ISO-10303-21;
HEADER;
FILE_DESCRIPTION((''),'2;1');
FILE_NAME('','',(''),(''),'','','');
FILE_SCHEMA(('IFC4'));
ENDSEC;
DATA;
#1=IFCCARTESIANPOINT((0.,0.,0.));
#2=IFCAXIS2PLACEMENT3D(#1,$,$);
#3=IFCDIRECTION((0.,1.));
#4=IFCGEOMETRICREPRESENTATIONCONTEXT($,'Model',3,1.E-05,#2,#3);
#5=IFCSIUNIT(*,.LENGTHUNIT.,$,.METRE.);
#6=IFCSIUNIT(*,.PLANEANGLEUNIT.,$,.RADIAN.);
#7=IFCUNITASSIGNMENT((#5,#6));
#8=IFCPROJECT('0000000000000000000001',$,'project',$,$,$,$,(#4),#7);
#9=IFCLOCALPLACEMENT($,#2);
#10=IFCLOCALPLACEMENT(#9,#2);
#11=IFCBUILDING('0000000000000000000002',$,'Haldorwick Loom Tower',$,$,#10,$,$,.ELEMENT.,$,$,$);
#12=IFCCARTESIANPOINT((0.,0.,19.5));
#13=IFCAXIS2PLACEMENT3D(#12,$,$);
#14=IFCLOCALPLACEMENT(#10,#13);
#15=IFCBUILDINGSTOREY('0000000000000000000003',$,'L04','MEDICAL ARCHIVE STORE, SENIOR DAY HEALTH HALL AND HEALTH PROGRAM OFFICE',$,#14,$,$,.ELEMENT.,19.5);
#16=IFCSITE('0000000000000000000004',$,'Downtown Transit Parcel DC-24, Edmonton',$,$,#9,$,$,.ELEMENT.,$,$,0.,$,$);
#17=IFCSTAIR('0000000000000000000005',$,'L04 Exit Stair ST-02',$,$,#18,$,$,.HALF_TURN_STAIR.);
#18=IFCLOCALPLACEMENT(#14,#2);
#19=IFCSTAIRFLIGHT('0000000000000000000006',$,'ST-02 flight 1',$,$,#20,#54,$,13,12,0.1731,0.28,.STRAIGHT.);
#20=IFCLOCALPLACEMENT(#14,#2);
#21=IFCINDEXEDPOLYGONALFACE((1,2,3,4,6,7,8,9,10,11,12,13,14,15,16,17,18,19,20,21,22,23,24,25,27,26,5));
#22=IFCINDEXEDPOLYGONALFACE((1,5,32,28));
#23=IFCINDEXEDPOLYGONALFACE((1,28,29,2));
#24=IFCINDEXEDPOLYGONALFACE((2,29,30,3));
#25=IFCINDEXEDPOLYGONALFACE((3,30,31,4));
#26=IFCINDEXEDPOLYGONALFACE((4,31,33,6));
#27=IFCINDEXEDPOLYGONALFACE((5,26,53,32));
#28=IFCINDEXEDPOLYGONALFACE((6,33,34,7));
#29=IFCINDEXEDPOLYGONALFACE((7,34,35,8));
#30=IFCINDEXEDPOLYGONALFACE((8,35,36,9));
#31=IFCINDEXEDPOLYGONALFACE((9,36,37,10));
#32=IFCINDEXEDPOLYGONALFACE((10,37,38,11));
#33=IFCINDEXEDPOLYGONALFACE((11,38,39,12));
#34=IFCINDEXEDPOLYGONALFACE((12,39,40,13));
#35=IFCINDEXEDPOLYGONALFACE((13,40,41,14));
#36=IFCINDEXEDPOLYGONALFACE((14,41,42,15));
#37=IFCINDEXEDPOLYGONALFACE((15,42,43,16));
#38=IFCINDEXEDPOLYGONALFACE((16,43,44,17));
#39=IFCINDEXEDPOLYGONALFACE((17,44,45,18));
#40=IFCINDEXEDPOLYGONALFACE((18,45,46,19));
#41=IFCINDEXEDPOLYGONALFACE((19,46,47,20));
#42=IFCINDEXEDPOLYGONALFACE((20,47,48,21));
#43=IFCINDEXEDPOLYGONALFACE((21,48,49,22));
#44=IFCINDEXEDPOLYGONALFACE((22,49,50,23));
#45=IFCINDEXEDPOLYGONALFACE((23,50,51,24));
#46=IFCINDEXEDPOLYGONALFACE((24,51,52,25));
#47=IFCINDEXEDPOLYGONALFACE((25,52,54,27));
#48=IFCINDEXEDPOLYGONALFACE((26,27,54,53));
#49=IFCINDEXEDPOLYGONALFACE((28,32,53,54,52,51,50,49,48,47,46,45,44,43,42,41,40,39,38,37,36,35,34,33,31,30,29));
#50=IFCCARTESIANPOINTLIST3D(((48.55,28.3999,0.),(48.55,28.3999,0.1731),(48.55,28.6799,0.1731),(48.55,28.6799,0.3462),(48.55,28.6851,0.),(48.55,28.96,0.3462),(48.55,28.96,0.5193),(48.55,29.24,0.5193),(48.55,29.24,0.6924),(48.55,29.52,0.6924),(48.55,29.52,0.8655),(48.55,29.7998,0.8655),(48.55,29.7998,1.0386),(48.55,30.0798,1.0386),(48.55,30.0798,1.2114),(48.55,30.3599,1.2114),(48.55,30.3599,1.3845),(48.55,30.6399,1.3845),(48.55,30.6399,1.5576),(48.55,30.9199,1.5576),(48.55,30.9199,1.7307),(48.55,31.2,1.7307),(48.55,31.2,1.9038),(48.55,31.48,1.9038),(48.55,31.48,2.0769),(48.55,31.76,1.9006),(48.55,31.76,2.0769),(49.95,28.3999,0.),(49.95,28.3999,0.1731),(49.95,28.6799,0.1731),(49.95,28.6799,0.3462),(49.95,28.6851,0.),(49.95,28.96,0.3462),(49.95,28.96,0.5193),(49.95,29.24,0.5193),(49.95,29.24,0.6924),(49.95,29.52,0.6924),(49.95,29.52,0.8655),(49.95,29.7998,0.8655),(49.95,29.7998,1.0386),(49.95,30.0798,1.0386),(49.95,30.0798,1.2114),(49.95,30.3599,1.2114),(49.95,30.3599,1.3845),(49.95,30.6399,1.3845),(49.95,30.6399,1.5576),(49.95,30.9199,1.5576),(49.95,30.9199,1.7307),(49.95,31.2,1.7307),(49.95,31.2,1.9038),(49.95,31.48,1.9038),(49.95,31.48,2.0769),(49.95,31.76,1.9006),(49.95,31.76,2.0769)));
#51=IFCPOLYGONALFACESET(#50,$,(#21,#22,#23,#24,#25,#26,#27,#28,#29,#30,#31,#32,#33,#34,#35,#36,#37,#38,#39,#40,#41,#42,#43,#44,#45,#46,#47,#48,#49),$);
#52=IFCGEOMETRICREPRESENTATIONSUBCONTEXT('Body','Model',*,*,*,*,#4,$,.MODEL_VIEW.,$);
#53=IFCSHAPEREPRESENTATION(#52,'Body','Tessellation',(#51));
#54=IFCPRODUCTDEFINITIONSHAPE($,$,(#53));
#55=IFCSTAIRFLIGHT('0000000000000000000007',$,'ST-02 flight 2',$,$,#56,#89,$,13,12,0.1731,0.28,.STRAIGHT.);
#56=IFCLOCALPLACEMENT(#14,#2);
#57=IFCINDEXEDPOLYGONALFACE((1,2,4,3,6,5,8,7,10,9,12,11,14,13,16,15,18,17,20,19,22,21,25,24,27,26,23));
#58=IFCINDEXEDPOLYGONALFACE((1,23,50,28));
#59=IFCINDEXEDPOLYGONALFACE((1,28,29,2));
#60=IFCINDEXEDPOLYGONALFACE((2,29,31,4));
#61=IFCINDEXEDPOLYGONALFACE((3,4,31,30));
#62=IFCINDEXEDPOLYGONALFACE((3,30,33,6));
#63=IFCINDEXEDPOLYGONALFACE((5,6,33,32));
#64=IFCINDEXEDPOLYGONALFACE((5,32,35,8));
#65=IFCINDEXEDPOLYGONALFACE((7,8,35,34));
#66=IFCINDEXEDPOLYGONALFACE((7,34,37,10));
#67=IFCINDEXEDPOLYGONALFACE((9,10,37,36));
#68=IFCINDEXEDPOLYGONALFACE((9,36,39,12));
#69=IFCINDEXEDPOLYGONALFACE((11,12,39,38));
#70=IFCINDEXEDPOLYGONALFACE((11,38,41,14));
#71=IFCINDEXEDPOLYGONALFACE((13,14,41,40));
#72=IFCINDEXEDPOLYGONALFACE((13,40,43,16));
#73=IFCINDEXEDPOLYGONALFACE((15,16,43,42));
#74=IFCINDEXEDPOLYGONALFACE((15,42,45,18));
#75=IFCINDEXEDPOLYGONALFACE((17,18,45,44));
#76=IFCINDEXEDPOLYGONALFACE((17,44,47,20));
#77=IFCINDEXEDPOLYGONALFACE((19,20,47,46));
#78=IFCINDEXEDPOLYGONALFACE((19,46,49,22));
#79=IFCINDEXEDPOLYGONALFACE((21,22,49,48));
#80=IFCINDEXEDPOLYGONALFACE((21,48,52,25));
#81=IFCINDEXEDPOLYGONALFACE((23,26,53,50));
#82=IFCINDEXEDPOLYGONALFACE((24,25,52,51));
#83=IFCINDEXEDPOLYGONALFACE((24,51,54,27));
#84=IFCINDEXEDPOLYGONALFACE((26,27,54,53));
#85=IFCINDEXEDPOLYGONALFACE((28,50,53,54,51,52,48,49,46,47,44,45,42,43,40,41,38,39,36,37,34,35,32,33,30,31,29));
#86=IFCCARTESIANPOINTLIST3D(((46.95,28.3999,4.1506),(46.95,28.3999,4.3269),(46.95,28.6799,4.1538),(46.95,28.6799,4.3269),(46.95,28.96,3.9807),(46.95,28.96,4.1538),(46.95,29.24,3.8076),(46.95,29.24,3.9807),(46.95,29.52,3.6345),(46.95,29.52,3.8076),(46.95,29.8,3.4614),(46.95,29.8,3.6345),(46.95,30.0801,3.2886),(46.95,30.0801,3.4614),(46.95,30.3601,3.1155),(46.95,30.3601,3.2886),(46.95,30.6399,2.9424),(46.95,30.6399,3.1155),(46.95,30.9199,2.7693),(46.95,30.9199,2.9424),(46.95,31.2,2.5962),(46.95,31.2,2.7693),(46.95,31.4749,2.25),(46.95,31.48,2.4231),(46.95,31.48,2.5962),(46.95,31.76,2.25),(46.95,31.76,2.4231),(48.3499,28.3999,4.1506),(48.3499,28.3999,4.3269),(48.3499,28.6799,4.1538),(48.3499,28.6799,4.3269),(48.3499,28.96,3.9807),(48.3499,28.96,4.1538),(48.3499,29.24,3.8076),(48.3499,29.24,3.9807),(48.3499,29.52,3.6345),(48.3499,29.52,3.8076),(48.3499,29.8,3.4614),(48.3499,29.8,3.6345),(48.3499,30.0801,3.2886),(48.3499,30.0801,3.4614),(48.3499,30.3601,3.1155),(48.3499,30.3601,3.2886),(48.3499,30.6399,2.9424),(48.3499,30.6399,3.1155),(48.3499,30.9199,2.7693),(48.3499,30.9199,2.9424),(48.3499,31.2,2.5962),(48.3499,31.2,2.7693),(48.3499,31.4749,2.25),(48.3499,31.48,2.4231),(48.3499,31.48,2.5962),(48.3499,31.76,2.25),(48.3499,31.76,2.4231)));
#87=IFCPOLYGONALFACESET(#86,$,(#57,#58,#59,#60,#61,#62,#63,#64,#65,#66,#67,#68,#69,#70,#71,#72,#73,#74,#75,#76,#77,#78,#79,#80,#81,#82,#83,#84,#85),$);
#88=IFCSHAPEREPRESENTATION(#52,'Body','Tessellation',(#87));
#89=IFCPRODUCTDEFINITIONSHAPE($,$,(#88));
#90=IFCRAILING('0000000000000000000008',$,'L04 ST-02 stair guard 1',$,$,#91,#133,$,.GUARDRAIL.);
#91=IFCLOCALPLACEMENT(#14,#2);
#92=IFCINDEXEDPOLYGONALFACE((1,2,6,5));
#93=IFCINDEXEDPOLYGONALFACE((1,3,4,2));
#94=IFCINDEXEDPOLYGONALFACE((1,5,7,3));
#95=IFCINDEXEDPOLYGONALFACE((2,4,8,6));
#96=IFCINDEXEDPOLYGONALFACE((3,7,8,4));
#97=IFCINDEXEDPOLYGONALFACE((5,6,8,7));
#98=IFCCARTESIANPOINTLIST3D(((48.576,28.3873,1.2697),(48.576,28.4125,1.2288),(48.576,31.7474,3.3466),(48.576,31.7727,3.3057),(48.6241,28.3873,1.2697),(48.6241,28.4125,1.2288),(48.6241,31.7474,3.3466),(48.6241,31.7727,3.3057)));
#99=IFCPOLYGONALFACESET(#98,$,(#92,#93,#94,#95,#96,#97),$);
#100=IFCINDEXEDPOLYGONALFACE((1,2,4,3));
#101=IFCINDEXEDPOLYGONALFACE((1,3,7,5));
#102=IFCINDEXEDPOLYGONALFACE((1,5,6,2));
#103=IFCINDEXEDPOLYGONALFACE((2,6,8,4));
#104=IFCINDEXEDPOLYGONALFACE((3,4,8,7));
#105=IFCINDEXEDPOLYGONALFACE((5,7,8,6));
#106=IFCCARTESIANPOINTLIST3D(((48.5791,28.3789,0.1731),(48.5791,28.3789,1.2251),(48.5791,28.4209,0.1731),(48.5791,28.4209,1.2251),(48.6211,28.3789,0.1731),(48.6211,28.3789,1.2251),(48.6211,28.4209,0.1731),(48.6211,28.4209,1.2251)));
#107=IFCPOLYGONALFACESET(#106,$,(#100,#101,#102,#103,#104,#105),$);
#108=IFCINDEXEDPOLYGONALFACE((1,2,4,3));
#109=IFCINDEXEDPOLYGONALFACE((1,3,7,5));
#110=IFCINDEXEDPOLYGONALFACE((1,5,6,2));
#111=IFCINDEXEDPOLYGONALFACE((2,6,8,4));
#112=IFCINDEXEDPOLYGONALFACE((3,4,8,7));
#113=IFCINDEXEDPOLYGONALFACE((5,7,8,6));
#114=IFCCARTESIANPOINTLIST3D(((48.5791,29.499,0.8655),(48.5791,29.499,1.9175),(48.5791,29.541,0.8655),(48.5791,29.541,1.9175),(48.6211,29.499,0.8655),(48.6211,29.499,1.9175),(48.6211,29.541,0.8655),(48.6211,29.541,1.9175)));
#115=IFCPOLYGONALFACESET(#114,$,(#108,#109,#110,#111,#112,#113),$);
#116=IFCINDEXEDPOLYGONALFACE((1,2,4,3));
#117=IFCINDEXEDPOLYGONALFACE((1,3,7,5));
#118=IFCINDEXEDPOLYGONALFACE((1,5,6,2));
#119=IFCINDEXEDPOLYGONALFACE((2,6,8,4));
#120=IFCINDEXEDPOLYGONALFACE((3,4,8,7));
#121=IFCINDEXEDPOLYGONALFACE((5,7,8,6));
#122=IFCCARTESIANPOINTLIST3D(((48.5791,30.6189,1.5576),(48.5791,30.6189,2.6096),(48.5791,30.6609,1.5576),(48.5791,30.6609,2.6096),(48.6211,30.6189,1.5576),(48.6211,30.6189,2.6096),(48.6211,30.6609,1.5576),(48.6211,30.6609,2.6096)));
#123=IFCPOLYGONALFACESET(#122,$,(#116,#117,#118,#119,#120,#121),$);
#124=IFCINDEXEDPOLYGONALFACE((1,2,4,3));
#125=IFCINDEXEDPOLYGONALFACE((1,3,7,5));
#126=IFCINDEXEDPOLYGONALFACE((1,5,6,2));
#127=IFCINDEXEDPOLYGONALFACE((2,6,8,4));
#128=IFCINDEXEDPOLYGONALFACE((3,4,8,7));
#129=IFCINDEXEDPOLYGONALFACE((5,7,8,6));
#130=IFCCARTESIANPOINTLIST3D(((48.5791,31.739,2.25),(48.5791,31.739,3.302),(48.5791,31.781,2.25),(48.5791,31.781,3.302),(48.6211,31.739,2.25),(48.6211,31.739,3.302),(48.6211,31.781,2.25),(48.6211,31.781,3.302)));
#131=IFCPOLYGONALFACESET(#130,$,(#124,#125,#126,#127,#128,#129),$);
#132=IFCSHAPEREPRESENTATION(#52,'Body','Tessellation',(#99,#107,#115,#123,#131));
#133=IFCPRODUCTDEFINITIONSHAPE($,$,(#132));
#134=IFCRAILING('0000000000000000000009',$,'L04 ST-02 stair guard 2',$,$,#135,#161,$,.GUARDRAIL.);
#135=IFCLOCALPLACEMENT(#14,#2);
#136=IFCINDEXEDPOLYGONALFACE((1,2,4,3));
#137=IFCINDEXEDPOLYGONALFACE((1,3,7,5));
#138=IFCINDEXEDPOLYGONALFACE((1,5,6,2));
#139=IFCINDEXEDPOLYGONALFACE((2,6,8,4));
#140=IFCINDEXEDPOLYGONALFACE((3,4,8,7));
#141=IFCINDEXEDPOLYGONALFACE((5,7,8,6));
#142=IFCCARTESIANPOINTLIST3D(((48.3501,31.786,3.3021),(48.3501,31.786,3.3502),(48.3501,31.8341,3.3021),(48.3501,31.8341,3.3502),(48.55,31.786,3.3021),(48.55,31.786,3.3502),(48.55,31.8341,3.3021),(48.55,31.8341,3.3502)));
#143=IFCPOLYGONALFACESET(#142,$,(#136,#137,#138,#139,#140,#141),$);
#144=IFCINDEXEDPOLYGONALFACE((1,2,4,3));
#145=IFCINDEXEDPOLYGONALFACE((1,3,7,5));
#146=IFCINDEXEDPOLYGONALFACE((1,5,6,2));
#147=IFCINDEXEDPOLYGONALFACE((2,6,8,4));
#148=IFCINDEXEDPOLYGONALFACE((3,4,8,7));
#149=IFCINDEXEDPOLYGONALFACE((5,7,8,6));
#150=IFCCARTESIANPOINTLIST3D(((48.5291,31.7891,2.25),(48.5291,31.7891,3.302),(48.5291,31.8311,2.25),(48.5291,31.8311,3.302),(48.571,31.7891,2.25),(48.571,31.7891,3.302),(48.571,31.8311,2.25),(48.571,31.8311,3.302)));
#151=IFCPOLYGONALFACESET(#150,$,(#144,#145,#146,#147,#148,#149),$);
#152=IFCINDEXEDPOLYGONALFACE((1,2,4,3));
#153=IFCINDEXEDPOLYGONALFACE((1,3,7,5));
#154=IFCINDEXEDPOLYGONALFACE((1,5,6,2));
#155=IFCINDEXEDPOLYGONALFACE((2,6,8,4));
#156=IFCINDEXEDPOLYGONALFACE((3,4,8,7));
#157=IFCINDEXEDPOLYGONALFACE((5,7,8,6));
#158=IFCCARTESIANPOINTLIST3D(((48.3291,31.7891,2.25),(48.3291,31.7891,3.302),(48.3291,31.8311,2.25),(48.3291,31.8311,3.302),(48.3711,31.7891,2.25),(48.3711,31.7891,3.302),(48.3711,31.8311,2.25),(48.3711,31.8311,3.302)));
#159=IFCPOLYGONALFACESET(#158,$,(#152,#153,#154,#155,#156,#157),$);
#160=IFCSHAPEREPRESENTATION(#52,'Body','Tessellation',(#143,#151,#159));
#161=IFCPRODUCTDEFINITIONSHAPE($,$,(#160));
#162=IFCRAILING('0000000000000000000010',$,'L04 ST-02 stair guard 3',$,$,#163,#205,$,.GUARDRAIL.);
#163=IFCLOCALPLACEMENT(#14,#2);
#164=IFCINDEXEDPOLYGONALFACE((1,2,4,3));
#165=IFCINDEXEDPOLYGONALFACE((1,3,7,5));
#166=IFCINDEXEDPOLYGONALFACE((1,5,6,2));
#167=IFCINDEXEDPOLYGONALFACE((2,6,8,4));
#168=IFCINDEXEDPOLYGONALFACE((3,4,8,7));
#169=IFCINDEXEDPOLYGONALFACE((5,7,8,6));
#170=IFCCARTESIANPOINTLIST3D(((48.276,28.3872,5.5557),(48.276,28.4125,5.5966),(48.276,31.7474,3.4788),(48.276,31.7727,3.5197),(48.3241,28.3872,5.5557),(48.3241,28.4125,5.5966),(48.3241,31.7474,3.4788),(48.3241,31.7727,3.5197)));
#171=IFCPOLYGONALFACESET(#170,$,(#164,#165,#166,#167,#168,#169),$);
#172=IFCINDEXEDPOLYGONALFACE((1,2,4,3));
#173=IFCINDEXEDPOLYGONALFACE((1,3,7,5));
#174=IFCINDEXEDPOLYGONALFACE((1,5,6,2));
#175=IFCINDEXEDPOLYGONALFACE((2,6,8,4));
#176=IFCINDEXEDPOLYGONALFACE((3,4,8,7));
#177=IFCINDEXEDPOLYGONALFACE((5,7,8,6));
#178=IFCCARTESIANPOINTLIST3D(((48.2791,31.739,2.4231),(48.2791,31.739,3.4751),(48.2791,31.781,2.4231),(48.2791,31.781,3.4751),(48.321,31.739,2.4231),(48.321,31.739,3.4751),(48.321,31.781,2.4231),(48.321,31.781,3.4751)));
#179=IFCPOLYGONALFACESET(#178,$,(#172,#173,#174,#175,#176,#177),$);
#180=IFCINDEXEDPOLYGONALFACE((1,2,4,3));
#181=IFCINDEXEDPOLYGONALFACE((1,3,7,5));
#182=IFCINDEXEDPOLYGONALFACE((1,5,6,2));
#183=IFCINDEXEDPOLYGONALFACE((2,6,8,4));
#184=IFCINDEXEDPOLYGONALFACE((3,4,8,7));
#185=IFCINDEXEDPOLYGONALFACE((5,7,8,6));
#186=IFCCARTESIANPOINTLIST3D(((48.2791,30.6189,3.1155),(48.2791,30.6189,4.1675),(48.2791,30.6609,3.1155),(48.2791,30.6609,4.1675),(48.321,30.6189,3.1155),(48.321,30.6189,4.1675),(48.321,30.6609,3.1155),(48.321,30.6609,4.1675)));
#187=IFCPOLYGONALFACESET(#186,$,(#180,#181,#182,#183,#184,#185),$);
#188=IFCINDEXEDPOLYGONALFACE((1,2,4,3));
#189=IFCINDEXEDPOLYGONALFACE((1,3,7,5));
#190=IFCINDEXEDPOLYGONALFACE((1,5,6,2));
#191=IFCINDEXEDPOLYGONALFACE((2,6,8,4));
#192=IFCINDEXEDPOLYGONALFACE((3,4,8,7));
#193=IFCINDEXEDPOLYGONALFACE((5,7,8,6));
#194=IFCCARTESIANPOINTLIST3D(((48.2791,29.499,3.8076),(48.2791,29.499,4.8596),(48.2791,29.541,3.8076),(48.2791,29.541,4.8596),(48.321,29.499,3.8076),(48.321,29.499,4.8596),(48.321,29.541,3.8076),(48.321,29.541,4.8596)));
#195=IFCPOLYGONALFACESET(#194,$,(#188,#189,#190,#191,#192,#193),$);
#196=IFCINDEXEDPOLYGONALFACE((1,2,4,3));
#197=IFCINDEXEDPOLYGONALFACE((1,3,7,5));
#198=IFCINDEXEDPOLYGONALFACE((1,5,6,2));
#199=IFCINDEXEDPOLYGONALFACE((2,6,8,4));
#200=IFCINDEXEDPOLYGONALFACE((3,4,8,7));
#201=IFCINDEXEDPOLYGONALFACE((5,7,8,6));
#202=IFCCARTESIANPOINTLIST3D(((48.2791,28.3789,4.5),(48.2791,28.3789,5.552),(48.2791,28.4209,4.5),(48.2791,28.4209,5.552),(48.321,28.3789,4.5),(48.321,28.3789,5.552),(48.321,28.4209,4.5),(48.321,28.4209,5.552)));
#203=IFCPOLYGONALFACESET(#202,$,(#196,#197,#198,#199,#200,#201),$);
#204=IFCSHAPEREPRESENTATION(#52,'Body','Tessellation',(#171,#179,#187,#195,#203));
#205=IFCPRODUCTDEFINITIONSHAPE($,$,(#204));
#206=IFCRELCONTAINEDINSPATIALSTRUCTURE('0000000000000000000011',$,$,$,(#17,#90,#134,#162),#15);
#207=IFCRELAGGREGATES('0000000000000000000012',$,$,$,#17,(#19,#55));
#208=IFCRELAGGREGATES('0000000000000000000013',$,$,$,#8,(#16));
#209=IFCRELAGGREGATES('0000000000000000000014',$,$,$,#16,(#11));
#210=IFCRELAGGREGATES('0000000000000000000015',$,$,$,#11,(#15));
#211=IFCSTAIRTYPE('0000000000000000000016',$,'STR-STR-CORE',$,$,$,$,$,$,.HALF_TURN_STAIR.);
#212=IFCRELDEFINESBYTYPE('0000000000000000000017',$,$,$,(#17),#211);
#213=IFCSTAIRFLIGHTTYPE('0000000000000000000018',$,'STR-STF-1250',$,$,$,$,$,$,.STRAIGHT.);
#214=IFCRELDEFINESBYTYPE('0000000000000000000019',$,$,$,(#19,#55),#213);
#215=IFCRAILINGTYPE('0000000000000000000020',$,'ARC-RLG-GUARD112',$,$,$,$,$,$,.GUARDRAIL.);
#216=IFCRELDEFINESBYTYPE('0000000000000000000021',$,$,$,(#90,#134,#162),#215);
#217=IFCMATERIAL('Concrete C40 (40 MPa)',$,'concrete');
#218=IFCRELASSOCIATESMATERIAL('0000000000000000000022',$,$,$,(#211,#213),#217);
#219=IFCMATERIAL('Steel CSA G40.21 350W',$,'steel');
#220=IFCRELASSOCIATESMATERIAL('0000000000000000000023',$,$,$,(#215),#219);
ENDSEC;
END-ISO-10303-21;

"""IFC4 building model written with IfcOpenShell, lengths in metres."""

from ifc_helpers import new_model, si_unit, direction, frame, origin, origin_2d, place, context, subcontext, project, spatial, polyline, rectangle, outline, extrude, material, type_object, element, aggregate, save


model = new_model("IFC4")

# Units and contexts
model_context = context("Model", 3, precision=1e-05, world=origin(), true_north=direction((0.0, 1.0)))
body_context = subcontext(model_context, "Body", "Model", "MODEL_VIEW")
ifc_project = project(units=[si_unit("LENGTHUNIT", "METRE"), si_unit("PLANEANGLEUNIT", "RADIAN")], contexts=[model_context])

# Site, building, storey
site_placement = place(None, origin())
site = spatial("IfcSite", under=ifc_project, at=site_placement, Name="Downtown Transit Parcel DC-24, Edmonton", CompositionType="ELEMENT", RefElevation=0.0)
building_placement = place(site_placement, origin())
building = spatial("IfcBuilding", under=site, at=building_placement, Name="Haldorwick Loom Tower", CompositionType="ELEMENT")
storey_placement = place(building_placement, frame((0.0, 0.0, 19.5)))
storey = spatial("IfcBuildingStorey", under=building, at=storey_placement, Name="L04", Description="MEDICAL ARCHIVE STORE, SENIOR DAY HEALTH HALL AND HEALTH PROGRAM OFFICE", CompositionType="ELEMENT", Elevation=19.5)

# Shared definitions
ifc_material_1 = material(Name="Steel CSA G40.21 350W", Category="steel")

# Stair, stair flights
ifc_material_2 = material(Name="Concrete C40 (40 MPa)", Category="concrete")
stair_type = type_object("IfcStairType", Name="STR-STR-CORE", PredefinedType="HALF_TURN_STAIR", material=ifc_material_2)
stair_placement = place(storey_placement, origin())
stair = element("IfcStair", 1, at=stair_placement, inside=storey, type_object=stair_type, Name="L04 Exit Stair ST-02", PredefinedType="HALF_TURN_STAIR")
stair_flight_type = type_object("IfcStairFlightType", Name="STR-STF-1250", PredefinedType="STRAIGHT", material=ifc_material_2)
stair_flight_1_placement = place(storey_placement, frame((49.25, 28.3999, 0.0), z_axis=(0.0, 0.0, 1.0), x_axis=(0.0, 1.0, 0.0)))
stair_flight_1 = element("IfcStairFlight", 2, at=stair_flight_1_placement, type_object=stair_flight_type, Name="ST-02 flight 1", NumberOfRisers=13, NumberOfTreads=12, PredefinedType="STRAIGHT", RiserHeight=0.1731, TreadLength=0.28, context=body_context, shape_type="SweptSolid", body=[
    extrude(outline(polyline([(0.0, 0.0), (0.0, 0.1731), (0.28, 0.1731), (0.28, 0.3462), (0.5601, 0.3462), (0.5601, 0.5193), (0.8401, 0.5193), (0.8401, 0.6924), (1.1201, 0.6924), (1.1201, 0.8655), (1.3999, 0.8655), (1.3999, 1.0386), (1.6799, 1.0386), (1.6799, 1.2114), (1.96, 1.2114), (1.96, 1.3845), (2.24, 1.3845), (2.24, 1.5576), (2.52, 1.5576), (2.52, 1.7307), (2.8, 1.7307), (2.8, 1.9038), (3.0801, 1.9038), (3.0801, 2.0769), (3.3601, 2.0769), (3.3601, 2.25), (3.3601, 1.9006), (0.2852, 0.0), (0.0, 0.0)])), frame((0.0, 0.7, 0.0), z_axis=(0.0, -1.0, 0.0), x_axis=(1.0, 0.0, 0.0)), (0.0, 0.0, 1.0), 1.3999),
])
stair_flight_2_placement = place(storey_placement, frame((47.6499, 31.76, 2.25), z_axis=(0.0, 0.0, 1.0), x_axis=(0.0, -1.0, 0.0)))
stair_flight_2 = element("IfcStairFlight", 3, at=stair_flight_2_placement, type_object=stair_flight_type, Name="ST-02 flight 2", NumberOfRisers=13, NumberOfTreads=12, PredefinedType="STRAIGHT", RiserHeight=0.1731, TreadLength=0.28, context=body_context, shape_type="SweptSolid", body=[
    extrude(outline(polyline([(0.0, 0.0), (0.0, 0.1731), (0.28, 0.1731), (0.28, 0.3462), (0.5601, 0.3462), (0.5601, 0.5193), (0.8401, 0.5193), (0.8401, 0.6924), (1.1201, 0.6924), (1.1201, 0.8655), (1.3999, 0.8655), (1.3999, 1.0386), (1.6799, 1.0386), (1.6799, 1.2114), (1.96, 1.2114), (1.96, 1.3845), (2.24, 1.3845), (2.24, 1.5576), (2.52, 1.5576), (2.52, 1.7307), (2.8, 1.7307), (2.8, 1.9038), (3.0801, 1.9038), (3.0801, 2.0769), (3.3601, 2.0769), (3.3601, 2.25), (3.3601, 1.9006), (0.2852, 0.0), (0.0, 0.0)])), frame((0.0, 0.7, 0.0), z_axis=(0.0, -1.0, 0.0), x_axis=(1.0, 0.0, 0.0)), (0.0, 0.0, 1.0), 1.3999),
])
aggregate(stair, [stair_flight_1, stair_flight_2])

# Railings
railing_type_1 = type_object("IfcRailingType", Name="ARC-RLG-GUARD112", PredefinedType="GUARDRAIL", material=ifc_material_1)
railing_1_placement = place(storey_placement, frame((48.6001, 28.3999, 0.1731)))
element("IfcRailing", 4, at=railing_1_placement, inside=storey, type_object=railing_type_1, Name="L04 ST-02 stair guard 1", PredefinedType="GUARDRAIL", context=body_context, shape_type="SweptSolid", body=[
    extrude(rectangle(XDim=0.0481, YDim=0.0481, at=origin_2d()), frame((0.0, 0.0, 1.0762), z_axis=(0.0, 0.850623, 0.525776), x_axis=(-1.0, 0.0, 0.0)), (0.0, 0.0, 1.0), 3.9502),
    extrude(rectangle(XDim=0.042, YDim=0.042, at=origin_2d()), origin(), (0.0, 0.0, 1.0), 1.052),
    extrude(rectangle(XDim=0.042, YDim=0.042, at=origin_2d()), frame((0.0, 1.1201, 0.6924)), (0.0, 0.0, 1.0), 1.052),
    extrude(rectangle(XDim=0.042, YDim=0.042, at=origin_2d()), frame((0.0, 2.24, 1.3845)), (0.0, 0.0, 1.0), 1.052),
    extrude(rectangle(XDim=0.042, YDim=0.042, at=origin_2d()), frame((0.0, 3.3601, 2.0769)), (0.0, 0.0, 1.0), 1.052),
])
railing_2_placement = place(storey_placement, frame((48.55, 31.8101, 2.25)))
element("IfcRailing", 5, at=railing_2_placement, inside=storey, type_object=railing_type_1, Name="L04 ST-02 stair guard 2", PredefinedType="GUARDRAIL", context=body_context, shape_type="SweptSolid", body=[
    extrude(rectangle(XDim=0.0481, YDim=0.0481, at=origin_2d()), frame((0.0, 0.0, 1.0762), z_axis=(-1.0, 0.0, 0.0), x_axis=(0.0, -1.0, 0.0)), (0.0, 0.0, 1.0), 0.2),
    extrude(rectangle(XDim=0.042, YDim=0.042, at=origin_2d()), origin(), (0.0, 0.0, 1.0), 1.052),
    extrude(rectangle(XDim=0.042, YDim=0.042, at=origin_2d()), frame((-0.2, 0.0, 0.0)), (0.0, 0.0, 1.0), 1.052),
])
railing_3_placement = place(storey_placement, frame((48.3, 31.76, 2.4231)))
element("IfcRailing", 6, at=railing_3_placement, inside=storey, type_object=railing_type_1, Name="L04 ST-02 stair guard 3", PredefinedType="GUARDRAIL", context=body_context, shape_type="SweptSolid", body=[
    extrude(rectangle(XDim=0.0481, YDim=0.0481, at=origin_2d()), frame((0.0, 0.0, 1.0762), z_axis=(0.0, -0.850623, 0.525776), x_axis=(1.0, 0.0, 0.0)), (0.0, 0.0, 1.0), 3.9502),
    extrude(rectangle(XDim=0.042, YDim=0.042, at=origin_2d()), origin(), (0.0, 0.0, 1.0), 1.052),
    extrude(rectangle(XDim=0.042, YDim=0.042, at=origin_2d()), frame((0.0, -1.1201, 0.6924)), (0.0, 0.0, 1.0), 1.052),
    extrude(rectangle(XDim=0.042, YDim=0.042, at=origin_2d()), frame((0.0, -2.24, 1.3845)), (0.0, 0.0, 1.0), 1.052),
    extrude(rectangle(XDim=0.042, YDim=0.042, at=origin_2d()), frame((0.0, -3.3601, 2.0769)), (0.0, 0.0, 1.0), 1.052),
])

save(model, "model.ifc")
